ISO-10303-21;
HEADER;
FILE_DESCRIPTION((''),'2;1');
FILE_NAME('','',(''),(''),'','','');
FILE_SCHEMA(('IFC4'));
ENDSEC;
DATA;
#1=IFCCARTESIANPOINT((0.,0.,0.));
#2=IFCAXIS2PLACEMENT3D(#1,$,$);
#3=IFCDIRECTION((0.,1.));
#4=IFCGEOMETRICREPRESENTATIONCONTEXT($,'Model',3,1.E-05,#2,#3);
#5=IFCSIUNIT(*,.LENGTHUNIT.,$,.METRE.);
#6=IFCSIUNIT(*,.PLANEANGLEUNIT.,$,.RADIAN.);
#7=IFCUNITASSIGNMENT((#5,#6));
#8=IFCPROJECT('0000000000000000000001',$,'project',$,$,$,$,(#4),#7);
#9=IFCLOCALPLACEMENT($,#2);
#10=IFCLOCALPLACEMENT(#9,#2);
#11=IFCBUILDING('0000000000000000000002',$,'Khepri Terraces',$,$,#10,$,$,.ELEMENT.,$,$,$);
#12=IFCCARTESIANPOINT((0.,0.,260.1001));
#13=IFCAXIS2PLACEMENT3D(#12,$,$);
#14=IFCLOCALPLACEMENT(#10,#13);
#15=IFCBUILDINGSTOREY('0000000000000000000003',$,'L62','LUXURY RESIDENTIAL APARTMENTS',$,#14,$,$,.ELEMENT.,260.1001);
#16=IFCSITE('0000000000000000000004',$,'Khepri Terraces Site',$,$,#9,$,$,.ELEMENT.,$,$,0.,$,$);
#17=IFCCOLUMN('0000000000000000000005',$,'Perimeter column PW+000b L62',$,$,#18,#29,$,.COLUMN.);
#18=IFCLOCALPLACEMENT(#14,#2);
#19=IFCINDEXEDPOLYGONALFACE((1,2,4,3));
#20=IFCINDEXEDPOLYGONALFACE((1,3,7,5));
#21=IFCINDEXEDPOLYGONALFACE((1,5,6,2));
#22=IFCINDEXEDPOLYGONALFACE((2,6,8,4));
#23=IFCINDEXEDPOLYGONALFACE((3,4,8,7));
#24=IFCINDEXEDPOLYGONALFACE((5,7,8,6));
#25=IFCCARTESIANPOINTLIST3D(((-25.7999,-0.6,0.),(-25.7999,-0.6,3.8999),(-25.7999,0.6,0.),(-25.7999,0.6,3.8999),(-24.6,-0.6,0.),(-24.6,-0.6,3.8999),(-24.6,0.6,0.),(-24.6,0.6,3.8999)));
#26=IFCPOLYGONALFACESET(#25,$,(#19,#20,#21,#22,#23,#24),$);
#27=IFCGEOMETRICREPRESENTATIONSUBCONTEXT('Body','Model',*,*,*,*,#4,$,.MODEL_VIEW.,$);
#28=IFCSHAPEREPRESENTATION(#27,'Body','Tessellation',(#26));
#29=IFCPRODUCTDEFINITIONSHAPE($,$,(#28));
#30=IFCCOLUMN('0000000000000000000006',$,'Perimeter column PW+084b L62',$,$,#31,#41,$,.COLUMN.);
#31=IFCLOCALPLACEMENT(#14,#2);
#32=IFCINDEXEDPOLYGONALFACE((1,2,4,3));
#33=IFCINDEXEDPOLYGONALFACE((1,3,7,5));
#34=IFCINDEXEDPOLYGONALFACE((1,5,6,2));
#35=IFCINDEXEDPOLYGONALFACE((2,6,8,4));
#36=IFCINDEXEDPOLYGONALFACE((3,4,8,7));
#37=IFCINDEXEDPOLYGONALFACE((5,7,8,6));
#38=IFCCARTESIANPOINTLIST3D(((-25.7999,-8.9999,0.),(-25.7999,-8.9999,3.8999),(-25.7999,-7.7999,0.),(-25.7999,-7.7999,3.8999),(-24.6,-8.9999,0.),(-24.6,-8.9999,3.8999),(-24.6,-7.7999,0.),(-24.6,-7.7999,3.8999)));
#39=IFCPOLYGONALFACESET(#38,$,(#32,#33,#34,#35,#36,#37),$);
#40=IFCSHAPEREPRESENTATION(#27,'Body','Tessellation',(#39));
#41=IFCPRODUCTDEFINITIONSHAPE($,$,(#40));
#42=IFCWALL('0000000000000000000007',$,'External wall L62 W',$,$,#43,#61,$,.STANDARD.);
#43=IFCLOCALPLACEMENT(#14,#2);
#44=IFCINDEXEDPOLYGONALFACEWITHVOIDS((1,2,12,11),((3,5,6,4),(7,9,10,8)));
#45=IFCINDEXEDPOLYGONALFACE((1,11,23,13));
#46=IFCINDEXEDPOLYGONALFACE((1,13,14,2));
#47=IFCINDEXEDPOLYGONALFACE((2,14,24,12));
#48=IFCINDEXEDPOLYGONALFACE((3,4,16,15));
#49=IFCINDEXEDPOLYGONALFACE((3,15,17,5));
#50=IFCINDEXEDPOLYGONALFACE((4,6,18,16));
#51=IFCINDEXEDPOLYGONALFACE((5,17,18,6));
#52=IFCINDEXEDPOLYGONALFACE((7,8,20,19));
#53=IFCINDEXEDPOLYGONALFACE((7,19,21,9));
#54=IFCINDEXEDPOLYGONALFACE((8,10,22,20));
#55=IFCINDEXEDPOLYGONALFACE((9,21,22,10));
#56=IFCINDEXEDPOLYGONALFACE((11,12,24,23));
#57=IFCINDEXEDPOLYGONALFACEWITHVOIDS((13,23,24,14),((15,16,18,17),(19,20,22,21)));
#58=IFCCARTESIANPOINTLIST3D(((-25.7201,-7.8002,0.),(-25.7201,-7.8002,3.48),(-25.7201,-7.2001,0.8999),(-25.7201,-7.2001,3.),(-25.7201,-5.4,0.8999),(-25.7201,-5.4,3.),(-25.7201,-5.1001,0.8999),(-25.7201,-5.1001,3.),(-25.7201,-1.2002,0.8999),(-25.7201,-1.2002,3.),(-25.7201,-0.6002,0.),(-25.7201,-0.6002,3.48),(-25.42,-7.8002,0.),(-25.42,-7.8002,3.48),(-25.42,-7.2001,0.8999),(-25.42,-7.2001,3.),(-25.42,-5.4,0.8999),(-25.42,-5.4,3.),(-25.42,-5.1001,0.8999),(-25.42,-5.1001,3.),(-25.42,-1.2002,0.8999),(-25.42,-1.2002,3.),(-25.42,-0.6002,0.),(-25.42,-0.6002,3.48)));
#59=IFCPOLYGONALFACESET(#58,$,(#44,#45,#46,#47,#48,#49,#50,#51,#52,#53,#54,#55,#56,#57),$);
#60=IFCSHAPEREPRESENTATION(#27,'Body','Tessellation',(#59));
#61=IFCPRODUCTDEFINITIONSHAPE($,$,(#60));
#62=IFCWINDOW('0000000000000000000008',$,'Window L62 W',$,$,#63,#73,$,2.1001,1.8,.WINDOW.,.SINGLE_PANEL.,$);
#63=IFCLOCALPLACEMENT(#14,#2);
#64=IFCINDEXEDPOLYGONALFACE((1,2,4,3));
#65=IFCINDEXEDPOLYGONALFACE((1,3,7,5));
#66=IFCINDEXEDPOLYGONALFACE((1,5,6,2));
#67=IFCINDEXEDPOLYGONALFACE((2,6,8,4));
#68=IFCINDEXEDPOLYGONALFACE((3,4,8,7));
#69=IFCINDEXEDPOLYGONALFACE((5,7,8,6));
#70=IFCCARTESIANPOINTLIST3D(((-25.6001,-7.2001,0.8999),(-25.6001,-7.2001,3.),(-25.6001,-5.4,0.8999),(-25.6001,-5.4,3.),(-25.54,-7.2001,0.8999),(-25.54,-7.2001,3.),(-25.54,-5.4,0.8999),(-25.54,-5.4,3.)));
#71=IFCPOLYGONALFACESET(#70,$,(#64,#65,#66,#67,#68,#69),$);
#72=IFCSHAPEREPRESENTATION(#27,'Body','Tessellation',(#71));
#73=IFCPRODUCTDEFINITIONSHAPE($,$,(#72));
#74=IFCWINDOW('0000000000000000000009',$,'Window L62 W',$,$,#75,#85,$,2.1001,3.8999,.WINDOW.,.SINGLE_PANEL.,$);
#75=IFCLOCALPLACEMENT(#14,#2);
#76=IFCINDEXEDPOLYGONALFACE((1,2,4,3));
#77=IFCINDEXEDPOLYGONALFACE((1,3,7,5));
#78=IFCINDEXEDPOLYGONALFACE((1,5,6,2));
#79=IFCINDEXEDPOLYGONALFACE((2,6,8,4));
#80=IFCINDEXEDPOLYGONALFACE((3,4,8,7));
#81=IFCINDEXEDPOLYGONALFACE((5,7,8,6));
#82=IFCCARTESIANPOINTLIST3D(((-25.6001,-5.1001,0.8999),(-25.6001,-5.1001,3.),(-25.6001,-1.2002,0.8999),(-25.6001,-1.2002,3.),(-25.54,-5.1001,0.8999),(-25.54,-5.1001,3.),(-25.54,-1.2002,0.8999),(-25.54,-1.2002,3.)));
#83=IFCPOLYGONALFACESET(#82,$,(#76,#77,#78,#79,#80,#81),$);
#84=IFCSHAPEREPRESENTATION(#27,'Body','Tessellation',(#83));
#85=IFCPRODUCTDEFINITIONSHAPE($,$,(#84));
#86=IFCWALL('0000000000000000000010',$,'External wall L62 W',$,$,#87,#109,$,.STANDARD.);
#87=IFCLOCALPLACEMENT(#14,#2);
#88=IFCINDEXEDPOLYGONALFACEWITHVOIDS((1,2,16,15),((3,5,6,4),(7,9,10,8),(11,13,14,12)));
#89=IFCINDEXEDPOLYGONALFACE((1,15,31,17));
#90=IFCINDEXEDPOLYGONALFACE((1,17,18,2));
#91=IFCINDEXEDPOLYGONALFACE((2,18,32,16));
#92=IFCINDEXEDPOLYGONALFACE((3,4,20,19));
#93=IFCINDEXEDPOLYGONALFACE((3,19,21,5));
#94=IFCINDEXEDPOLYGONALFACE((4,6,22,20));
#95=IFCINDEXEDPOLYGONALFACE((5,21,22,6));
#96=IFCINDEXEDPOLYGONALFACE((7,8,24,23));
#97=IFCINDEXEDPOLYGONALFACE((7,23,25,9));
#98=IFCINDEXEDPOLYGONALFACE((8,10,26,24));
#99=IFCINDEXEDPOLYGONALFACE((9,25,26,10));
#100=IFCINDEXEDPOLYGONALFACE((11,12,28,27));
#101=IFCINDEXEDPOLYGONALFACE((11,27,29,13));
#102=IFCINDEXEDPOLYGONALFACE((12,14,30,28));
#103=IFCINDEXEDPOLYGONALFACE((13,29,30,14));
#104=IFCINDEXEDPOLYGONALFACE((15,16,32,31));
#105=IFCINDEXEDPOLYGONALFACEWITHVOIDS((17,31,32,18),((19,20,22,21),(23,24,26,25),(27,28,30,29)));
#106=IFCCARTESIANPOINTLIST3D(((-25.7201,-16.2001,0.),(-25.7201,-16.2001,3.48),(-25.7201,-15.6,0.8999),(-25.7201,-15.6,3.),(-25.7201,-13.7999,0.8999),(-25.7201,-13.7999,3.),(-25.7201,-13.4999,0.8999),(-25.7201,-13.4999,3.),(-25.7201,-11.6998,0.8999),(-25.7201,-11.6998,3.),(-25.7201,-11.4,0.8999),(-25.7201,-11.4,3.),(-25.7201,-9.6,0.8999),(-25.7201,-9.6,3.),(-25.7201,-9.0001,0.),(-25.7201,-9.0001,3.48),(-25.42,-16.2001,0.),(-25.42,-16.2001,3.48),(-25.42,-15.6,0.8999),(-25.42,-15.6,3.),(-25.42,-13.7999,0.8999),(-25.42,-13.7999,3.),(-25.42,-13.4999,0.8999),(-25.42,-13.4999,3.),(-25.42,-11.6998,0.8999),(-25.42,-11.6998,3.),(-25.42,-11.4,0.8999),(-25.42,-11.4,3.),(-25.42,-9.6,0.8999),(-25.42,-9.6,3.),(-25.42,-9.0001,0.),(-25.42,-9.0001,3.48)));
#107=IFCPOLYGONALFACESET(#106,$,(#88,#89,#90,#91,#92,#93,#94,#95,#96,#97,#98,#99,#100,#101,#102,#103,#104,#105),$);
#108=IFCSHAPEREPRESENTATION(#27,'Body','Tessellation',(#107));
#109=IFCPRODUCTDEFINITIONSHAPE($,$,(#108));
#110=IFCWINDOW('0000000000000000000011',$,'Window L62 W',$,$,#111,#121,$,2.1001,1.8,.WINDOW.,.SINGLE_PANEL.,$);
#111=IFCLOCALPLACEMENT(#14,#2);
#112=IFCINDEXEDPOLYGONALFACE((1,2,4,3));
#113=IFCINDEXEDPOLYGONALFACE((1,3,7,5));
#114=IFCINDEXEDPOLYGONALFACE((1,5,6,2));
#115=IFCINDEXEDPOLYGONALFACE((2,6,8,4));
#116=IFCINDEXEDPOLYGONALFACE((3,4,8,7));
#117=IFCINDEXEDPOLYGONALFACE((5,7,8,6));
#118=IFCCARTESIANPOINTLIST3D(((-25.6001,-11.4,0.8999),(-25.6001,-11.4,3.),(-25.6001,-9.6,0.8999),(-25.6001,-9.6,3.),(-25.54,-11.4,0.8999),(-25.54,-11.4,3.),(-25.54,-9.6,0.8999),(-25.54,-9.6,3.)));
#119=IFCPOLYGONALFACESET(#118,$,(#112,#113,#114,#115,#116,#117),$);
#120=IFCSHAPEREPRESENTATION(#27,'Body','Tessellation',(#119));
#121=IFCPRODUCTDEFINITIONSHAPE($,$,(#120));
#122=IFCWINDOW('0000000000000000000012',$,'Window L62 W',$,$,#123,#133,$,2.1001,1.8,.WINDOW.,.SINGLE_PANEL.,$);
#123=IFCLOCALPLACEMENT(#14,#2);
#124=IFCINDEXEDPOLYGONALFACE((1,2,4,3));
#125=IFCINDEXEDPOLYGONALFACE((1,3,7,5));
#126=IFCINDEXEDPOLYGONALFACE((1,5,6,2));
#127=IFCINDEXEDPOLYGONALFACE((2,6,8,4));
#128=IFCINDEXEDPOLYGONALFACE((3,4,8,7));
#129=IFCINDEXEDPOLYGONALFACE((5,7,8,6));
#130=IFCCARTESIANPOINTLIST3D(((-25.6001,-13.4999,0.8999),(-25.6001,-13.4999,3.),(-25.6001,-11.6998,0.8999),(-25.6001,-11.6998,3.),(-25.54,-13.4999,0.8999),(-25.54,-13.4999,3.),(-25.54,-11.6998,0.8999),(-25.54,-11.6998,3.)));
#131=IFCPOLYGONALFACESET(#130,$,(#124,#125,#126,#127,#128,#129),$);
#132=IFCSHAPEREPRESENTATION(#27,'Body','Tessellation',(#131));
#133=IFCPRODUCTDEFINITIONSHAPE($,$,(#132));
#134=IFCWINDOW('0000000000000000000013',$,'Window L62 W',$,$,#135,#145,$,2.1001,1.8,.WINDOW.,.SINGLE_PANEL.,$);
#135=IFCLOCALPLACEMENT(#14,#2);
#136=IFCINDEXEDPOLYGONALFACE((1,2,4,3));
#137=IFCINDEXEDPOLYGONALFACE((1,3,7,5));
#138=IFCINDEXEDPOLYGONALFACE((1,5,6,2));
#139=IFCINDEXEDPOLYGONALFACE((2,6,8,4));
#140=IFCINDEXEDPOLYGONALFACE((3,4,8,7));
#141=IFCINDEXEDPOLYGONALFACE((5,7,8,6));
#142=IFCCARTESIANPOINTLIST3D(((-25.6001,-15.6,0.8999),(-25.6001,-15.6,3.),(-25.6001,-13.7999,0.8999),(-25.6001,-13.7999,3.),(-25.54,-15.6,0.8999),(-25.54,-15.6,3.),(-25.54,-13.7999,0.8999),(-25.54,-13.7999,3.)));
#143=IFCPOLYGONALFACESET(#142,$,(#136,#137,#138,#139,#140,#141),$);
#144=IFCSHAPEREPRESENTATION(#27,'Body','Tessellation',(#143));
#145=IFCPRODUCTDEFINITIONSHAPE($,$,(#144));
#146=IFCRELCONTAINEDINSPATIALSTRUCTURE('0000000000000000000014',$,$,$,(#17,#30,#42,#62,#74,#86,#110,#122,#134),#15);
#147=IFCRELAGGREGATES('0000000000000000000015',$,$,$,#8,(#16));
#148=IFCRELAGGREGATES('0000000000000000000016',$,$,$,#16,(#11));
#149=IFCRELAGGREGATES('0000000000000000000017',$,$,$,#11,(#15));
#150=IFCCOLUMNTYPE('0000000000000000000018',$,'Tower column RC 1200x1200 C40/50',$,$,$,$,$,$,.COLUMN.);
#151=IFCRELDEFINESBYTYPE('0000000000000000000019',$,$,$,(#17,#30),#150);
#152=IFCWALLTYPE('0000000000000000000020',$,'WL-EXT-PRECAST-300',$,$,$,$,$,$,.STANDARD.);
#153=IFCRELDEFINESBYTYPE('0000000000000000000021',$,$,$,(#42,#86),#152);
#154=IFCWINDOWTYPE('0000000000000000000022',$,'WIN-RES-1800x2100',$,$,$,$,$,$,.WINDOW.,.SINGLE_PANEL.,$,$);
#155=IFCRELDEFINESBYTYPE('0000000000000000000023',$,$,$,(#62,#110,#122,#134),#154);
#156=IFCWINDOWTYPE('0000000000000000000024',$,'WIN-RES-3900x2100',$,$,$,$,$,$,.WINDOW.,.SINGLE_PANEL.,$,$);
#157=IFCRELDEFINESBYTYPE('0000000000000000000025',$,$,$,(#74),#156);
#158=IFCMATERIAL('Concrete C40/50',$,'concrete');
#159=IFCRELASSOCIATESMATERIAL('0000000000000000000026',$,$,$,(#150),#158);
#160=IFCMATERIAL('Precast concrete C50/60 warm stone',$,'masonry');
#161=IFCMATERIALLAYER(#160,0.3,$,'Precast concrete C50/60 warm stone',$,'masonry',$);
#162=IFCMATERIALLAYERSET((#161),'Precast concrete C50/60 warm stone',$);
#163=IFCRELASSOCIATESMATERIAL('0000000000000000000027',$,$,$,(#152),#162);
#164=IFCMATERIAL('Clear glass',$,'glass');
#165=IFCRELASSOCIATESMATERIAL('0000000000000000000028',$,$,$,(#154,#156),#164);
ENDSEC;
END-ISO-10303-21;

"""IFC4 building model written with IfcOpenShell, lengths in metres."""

from ifc_helpers import new_model, si_unit, direction, frame, frame_2d, origin, origin_2d, place, context, subcontext, project, spatial, rectangle, extrude, material, layer, layer_set, material_profile, profile_set, type_object, element, fill, save


model = new_model("IFC4")

# Units and contexts
model_context = context("Model", 3, precision=1e-05, world=origin(), true_north=direction((0.0, 1.0)))
body_context = subcontext(model_context, "Body", "Model", "MODEL_VIEW")
ifc_project = project(units=[si_unit("LENGTHUNIT", "METRE"), si_unit("PLANEANGLEUNIT", "RADIAN")], contexts=[model_context])

# Site, building, storey
site_placement = place(None, origin())
site = spatial("IfcSite", under=ifc_project, at=site_placement, Name="Khepri Terraces Site", CompositionType="ELEMENT", RefElevation=0.0)
building_placement = place(site_placement, origin())
building = spatial("IfcBuilding", under=site, at=building_placement, Name="Khepri Terraces", CompositionType="ELEMENT")
storey_placement = place(building_placement, frame((0.0, 0.0, 260.1001)))
storey = spatial("IfcBuildingStorey", under=building, at=storey_placement, Name="L62", Description="LUXURY RESIDENTIAL APARTMENTS", CompositionType="ELEMENT", Elevation=260.1001)

# Columns
ifc_material_1 = material(Name="Concrete C40/50", Category="concrete")
ifc_material_profile = material_profile(ifc_material_1, rectangle(XDim=1.2, YDim=1.2, at=origin_2d()), Name="Concrete C40/50", Category="concrete")
ifc_profile_set = profile_set([ifc_material_profile], Name="Concrete C40/50")
column_type = type_object("IfcColumnType", Name="Tower column RC 1200x1200 C40/50", PredefinedType="COLUMN", material=ifc_profile_set)
for number, where, z_axis, x_axis, name in (
    (1, (-25.2, 0.0, 0.0), (0.0, 0.0, 1.0), (1.0, 0.0, 0.0), "Perimeter column PW+000b L62"),
    (2, (-25.2, -8.3999, 0.0), (0.0, 0.0, 1.0), (1.0, 0.0, 0.0), "Perimeter column PW+084b L62"),
):
    element("IfcColumn", number, at=place(storey_placement, frame(where, z_axis=z_axis, x_axis=x_axis)), inside=storey, type_object=column_type, Name=name, PredefinedType="COLUMN", context=body_context, shape_type="SweptSolid", body=[
        extrude(rectangle(XDim=1.2, YDim=1.2, at=origin_2d()), origin(), (0.0, 0.0, 1.0), 3.8999),
    ])

# Walls, openings, windows
ifc_material_2 = material(Name="Precast concrete C50/60 warm stone", Category="masonry")
ifc_layer_1 = layer(ifc_material_2, 0.3, Name="Precast concrete C50/60 warm stone", Category="masonry")
ifc_layer_set_1 = layer_set([ifc_layer_1], Name="Precast concrete C50/60 warm stone")
wall_type_1 = type_object("IfcWallType", Name="WL-EXT-PRECAST-300", PredefinedType="STANDARD", material=ifc_layer_set_1)
wall_1_placement = place(storey_placement, frame((-25.5701, -0.6001, 0.0), z_axis=(0.0, 0.0, 1.0), x_axis=(0.0, -1.0, 0.0)))
wall_1 = element("IfcWall", 3, at=wall_1_placement, inside=storey, type_object=wall_type_1, Name="External wall L62 W", PredefinedType="STANDARD", context=body_context, shape_type="SweptSolid", body=[
    extrude(rectangle(XDim=7.2, YDim=0.3, at=frame_2d((3.6001, 0.0))), origin(), (0.0, 0.0, 1.0), 3.48),
])
opening_1_placement = place(wall_1_placement, frame((0.6001, 0.0, 0.8999)))
opening_1 = element("IfcOpeningElement", 4, at=opening_1_placement, cuts=wall_1, PredefinedType="OPENING", context=body_context, shape_type="SweptSolid", body=[
    extrude(rectangle(XDim=3.8999, YDim=2.1001, at=frame_2d((1.95, 1.05))), frame((0.0, 0.1602, 0.0), z_axis=(0.0, -1.0, 0.0), x_axis=(1.0, 0.0, 0.0)), (0.0, 0.0, 1.0), 0.3201),
])
opening_2_placement = place(wall_1_placement, frame((4.8, 0.0, 0.8999)))
opening_2 = element("IfcOpeningElement", 5, at=opening_2_placement, cuts=wall_1, PredefinedType="OPENING", context=body_context, shape_type="SweptSolid", body=[
    extrude(rectangle(XDim=1.8, YDim=2.1001, at=frame_2d((0.8999, 1.05))), frame((0.0, 0.1602, 0.0), z_axis=(0.0, -1.0, 0.0), x_axis=(1.0, 0.0, 0.0)), (0.0, 0.0, 1.0), 0.3201),
])
ifc_material_3 = material(Name="Clear glass", Category="glass")
window_type_1 = type_object("IfcWindowType", Name="WIN-RES-1800x2100", PartitioningType="SINGLE_PANEL", PredefinedType="WINDOW", material=ifc_material_3)
window_1_placement = place(opening_2_placement, origin())
window_1 = element("IfcWindow", 6, at=window_1_placement, inside=storey, type_object=window_type_1, Name="Window L62 W", OverallHeight=2.1001, OverallWidth=1.8, PartitioningType="SINGLE_PANEL", PredefinedType="WINDOW", context=body_context, shape_type="SweptSolid", body=[
    extrude(rectangle(XDim=1.8, YDim=2.1001, at=frame_2d((0.8999, 1.05))), frame((0.0, 0.03, 0.0), z_axis=(0.0, -1.0, 0.0), x_axis=(1.0, 0.0, 0.0)), (0.0, 0.0, 1.0), 0.0601),
])
fill(opening_2, window_1)
window_type_2 = type_object("IfcWindowType", Name="WIN-RES-3900x2100", PartitioningType="SINGLE_PANEL", PredefinedType="WINDOW", material=ifc_material_3)
window_2_placement = place(opening_1_placement, origin())
window_2 = element("IfcWindow", 7, at=window_2_placement, inside=storey, type_object=window_type_2, Name="Window L62 W", OverallHeight=2.1001, OverallWidth=3.8999, PartitioningType="SINGLE_PANEL", PredefinedType="WINDOW", context=body_context, shape_type="SweptSolid", body=[
    extrude(rectangle(XDim=3.8999, YDim=2.1001, at=frame_2d((1.95, 1.05))), frame((0.0, 0.03, 0.0), z_axis=(0.0, -1.0, 0.0), x_axis=(1.0, 0.0, 0.0)), (0.0, 0.0, 1.0), 0.0601),
])
fill(opening_1, window_2)
wall_2_placement = place(storey_placement, frame((-25.5701, -9.0, 0.0), z_axis=(0.0, 0.0, 1.0), x_axis=(0.0, -1.0, 0.0)))
wall_2 = element("IfcWall", 8, at=wall_2_placement, inside=storey, type_object=wall_type_1, Name="External wall L62 W", PredefinedType="STANDARD", context=body_context, shape_type="SweptSolid", body=[
    extrude(rectangle(XDim=7.2, YDim=0.3, at=frame_2d((3.6001, 0.0))), origin(), (0.0, 0.0, 1.0), 3.48),
])
opening_3_placement = place(wall_2_placement, frame((0.6001, 0.0, 0.8999)))
opening_3 = element("IfcOpeningElement", 9, at=opening_3_placement, cuts=wall_2, PredefinedType="OPENING", context=body_context, shape_type="SweptSolid", body=[
    extrude(rectangle(XDim=1.8, YDim=2.1001, at=frame_2d((0.8999, 1.05))), frame((0.0, 0.1602, 0.0), z_axis=(0.0, -1.0, 0.0), x_axis=(1.0, 0.0, 0.0)), (0.0, 0.0, 1.0), 0.3201),
])
opening_4_placement = place(wall_2_placement, frame((2.7, 0.0, 0.8999)))
opening_4 = element("IfcOpeningElement", 10, at=opening_4_placement, cuts=wall_2, PredefinedType="OPENING", context=body_context, shape_type="SweptSolid", body=[
    extrude(rectangle(XDim=1.8, YDim=2.1001, at=frame_2d((0.8999, 1.05))), frame((0.0, 0.1602, 0.0), z_axis=(0.0, -1.0, 0.0), x_axis=(1.0, 0.0, 0.0)), (0.0, 0.0, 1.0), 0.3201),
])
opening_5_placement = place(wall_2_placement, frame((4.8, 0.0, 0.8999)))
opening_5 = element("IfcOpeningElement", 11, at=opening_5_placement, cuts=wall_2, PredefinedType="OPENING", context=body_context, shape_type="SweptSolid", body=[
    extrude(rectangle(XDim=1.8, YDim=2.1001, at=frame_2d((0.8999, 1.05))), frame((0.0, 0.1602, 0.0), z_axis=(0.0, -1.0, 0.0), x_axis=(1.0, 0.0, 0.0)), (0.0, 0.0, 1.0), 0.3201),
])
window_3_placement = place(opening_3_placement, origin())
window_3 = element("IfcWindow", 12, at=window_3_placement, inside=storey, type_object=window_type_1, Name="Window L62 W", OverallHeight=2.1001, OverallWidth=1.8, PartitioningType="SINGLE_PANEL", PredefinedType="WINDOW", context=body_context, shape_type="SweptSolid", body=[
    extrude(rectangle(XDim=1.8, YDim=2.1001, at=frame_2d((0.8999, 1.05))), frame((0.0, 0.03, 0.0), z_axis=(0.0, -1.0, 0.0), x_axis=(1.0, 0.0, 0.0)), (0.0, 0.0, 1.0), 0.0601),
])
fill(opening_3, window_3)
window_4_placement = place(opening_4_placement, origin())
window_4 = element("IfcWindow", 13, at=window_4_placement, inside=storey, type_object=window_type_1, Name="Window L62 W", OverallHeight=2.1001, OverallWidth=1.8, PartitioningType="SINGLE_PANEL", PredefinedType="WINDOW", context=body_context, shape_type="SweptSolid", body=[
    extrude(rectangle(XDim=1.8, YDim=2.1001, at=frame_2d((0.8999, 1.05))), frame((0.0, 0.03, 0.0), z_axis=(0.0, -1.0, 0.0), x_axis=(1.0, 0.0, 0.0)), (0.0, 0.0, 1.0), 0.0601),
])
fill(opening_4, window_4)
window_5_placement = place(opening_5_placement, origin())
window_5 = element("IfcWindow", 14, at=window_5_placement, inside=storey, type_object=window_type_1, Name="Window L62 W", OverallHeight=2.1001, OverallWidth=1.8, PartitioningType="SINGLE_PANEL", PredefinedType="WINDOW", context=body_context, shape_type="SweptSolid", body=[
    extrude(rectangle(XDim=1.8, YDim=2.1001, at=frame_2d((0.8999, 1.05))), frame((0.0, 0.03, 0.0), z_axis=(0.0, -1.0, 0.0), x_axis=(1.0, 0.0, 0.0)), (0.0, 0.0, 1.0), 0.0601),
])
fill(opening_5, window_5)

save(model, "model.ifc")
